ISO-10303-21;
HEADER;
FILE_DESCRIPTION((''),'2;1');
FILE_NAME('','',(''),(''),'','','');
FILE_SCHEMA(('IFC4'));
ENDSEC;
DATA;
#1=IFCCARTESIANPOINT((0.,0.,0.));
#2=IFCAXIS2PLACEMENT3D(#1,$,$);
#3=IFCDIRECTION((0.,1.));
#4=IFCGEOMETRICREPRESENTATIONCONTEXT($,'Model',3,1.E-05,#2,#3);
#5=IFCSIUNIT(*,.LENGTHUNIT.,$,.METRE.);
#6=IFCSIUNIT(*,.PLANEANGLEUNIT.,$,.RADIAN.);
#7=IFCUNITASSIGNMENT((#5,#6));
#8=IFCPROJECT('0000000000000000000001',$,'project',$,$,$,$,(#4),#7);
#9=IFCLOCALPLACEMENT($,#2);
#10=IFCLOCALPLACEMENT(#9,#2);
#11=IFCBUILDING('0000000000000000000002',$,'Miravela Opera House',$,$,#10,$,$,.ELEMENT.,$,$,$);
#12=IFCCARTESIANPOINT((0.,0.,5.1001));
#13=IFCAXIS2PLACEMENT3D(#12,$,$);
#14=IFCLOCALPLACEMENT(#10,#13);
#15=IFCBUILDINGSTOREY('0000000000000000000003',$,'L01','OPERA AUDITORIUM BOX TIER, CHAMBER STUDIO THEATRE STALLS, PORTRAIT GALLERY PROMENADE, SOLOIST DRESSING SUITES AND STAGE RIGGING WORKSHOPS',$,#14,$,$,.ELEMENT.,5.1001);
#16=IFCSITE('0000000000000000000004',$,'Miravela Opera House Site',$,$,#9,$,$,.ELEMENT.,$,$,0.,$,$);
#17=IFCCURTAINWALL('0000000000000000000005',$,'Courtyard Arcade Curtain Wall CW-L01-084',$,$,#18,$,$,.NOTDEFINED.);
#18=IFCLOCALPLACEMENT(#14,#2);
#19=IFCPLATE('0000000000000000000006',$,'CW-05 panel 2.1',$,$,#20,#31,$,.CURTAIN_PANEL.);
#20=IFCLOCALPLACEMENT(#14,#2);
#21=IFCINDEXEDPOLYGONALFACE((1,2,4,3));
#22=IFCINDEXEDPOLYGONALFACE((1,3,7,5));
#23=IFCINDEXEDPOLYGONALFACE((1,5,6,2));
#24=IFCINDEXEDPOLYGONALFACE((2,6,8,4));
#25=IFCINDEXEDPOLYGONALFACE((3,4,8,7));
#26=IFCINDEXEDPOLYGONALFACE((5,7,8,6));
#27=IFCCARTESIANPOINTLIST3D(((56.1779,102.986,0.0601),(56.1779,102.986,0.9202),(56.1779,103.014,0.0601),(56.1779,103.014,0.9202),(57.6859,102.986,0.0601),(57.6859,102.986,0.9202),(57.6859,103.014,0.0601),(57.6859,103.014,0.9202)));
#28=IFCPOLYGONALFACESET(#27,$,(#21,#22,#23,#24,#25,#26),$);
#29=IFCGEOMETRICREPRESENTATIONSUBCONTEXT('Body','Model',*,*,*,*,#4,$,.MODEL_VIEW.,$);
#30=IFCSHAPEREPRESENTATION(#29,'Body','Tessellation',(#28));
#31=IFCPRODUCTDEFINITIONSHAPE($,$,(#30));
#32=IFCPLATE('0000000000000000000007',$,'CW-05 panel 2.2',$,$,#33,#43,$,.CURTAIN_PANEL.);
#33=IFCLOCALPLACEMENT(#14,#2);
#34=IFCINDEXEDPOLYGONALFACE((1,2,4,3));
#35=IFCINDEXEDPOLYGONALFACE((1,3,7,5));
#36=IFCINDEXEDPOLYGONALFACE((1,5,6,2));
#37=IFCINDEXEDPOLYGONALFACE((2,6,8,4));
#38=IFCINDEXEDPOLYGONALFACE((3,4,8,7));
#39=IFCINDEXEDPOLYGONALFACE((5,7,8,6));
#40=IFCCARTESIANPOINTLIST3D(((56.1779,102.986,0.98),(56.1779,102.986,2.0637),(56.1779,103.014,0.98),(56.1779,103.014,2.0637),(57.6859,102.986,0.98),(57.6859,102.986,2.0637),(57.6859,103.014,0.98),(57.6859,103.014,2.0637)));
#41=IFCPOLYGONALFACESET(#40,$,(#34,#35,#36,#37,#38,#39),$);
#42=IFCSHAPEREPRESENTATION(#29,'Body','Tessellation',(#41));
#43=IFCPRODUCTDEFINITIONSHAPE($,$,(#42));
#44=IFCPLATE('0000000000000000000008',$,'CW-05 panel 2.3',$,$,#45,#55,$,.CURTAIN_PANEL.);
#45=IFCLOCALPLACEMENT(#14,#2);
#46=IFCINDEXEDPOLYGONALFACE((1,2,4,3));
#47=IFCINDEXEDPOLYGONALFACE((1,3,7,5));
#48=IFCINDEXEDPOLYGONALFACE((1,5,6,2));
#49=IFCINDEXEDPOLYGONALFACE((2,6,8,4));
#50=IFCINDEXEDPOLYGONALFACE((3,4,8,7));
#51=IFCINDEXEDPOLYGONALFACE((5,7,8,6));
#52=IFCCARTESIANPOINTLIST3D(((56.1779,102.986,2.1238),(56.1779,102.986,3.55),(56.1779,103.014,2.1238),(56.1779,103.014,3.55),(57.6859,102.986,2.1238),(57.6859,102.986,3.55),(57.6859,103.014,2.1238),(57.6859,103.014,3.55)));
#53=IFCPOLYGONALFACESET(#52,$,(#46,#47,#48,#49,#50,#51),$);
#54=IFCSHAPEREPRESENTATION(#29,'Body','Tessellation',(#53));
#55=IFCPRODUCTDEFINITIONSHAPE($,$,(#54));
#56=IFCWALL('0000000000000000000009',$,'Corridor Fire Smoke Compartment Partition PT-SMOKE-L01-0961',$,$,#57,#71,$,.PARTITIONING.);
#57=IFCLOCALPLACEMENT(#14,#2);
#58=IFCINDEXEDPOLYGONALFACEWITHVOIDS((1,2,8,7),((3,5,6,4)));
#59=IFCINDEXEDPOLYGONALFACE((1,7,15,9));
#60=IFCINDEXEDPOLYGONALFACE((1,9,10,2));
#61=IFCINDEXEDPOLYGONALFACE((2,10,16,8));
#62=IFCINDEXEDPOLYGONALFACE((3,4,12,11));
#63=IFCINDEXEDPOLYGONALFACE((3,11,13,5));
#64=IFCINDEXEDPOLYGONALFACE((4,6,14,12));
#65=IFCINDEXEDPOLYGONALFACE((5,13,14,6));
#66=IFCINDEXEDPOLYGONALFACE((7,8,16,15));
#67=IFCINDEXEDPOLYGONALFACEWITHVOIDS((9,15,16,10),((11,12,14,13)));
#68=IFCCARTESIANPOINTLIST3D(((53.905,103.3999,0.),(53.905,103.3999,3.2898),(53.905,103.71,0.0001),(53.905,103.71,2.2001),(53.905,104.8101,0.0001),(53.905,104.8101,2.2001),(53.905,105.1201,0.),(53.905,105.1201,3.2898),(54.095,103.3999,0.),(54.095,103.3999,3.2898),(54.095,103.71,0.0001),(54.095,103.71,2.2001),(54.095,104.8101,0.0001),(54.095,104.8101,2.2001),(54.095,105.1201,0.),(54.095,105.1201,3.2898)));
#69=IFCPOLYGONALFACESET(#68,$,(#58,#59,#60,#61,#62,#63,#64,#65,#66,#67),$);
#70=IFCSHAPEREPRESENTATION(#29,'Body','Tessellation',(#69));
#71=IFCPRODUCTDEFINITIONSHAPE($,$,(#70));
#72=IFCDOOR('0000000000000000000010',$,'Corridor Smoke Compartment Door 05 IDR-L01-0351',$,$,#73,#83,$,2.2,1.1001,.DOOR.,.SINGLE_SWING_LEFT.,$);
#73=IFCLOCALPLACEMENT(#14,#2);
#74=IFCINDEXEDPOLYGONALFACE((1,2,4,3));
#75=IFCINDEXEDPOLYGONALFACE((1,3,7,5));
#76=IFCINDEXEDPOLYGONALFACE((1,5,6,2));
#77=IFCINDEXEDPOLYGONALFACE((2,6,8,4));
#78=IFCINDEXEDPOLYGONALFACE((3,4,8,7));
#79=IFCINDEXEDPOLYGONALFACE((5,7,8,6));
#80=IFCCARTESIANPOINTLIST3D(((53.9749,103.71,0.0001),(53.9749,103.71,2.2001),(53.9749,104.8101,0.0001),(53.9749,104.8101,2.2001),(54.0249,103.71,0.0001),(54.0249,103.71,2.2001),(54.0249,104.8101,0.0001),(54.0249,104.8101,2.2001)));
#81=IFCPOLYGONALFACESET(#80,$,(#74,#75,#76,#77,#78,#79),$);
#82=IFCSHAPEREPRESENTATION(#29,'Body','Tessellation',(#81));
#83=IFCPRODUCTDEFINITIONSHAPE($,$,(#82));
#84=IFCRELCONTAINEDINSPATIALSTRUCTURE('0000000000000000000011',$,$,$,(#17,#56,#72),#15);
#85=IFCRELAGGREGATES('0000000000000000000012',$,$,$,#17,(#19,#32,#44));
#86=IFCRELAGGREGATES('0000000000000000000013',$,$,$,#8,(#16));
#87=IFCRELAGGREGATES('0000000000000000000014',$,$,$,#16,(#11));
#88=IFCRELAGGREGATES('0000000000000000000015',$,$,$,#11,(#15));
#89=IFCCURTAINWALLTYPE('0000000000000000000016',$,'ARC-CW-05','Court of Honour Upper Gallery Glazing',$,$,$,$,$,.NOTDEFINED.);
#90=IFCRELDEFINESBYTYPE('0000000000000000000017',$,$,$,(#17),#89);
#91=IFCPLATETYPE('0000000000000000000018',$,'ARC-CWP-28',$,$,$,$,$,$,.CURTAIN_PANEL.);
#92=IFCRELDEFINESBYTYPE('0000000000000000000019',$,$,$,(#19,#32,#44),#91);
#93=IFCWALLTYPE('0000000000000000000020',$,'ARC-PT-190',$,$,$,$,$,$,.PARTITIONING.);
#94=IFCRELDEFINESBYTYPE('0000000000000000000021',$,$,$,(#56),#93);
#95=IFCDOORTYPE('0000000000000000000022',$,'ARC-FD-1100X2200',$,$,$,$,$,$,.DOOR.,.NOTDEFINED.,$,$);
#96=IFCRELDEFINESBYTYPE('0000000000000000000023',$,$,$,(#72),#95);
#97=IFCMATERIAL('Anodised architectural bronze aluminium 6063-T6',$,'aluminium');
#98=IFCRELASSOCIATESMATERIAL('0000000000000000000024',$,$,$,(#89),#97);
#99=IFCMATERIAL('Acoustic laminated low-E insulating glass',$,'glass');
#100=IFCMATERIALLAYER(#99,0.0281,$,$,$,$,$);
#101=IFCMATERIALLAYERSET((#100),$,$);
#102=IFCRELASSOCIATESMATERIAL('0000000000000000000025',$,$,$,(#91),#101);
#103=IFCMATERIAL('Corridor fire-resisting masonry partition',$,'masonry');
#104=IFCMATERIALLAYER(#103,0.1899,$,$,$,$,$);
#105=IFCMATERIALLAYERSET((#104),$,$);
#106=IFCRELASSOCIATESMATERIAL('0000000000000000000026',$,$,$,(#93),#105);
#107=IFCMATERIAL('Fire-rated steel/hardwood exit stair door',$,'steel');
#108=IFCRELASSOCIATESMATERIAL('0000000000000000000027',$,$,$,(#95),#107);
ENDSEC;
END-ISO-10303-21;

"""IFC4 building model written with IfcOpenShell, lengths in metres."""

from ifc_helpers import new_model, si_unit, direction, frame, frame_2d, origin, origin_2d, place, context, subcontext, project, spatial, rectangle, extrude, material, layer, layer_set, type_object, element, fill, aggregate, save


model = new_model("IFC4")

# Units and contexts
model_context = context("Model", 3, precision=1e-05, world=origin(), true_north=direction((0.0, 1.0)))
body_context = subcontext(model_context, "Body", "Model", "MODEL_VIEW")
ifc_project = project(units=[si_unit("LENGTHUNIT", "METRE"), si_unit("PLANEANGLEUNIT", "RADIAN")], contexts=[model_context])

# Site, building, storey
site_placement = place(None, origin())
site = spatial("IfcSite", under=ifc_project, at=site_placement, Name="Miravela Opera House Site", CompositionType="ELEMENT", RefElevation=0.0)
building_placement = place(site_placement, origin())
building = spatial("IfcBuilding", under=site, at=building_placement, Name="Miravela Opera House", CompositionType="ELEMENT")
storey_placement = place(building_placement, frame((0.0, 0.0, 5.1001)))
storey = spatial("IfcBuildingStorey", under=building, at=storey_placement, Name="L01", Description="OPERA AUDITORIUM BOX TIER, CHAMBER STUDIO THEATRE STALLS, PORTRAIT GALLERY PROMENADE, SOLOIST DRESSING SUITES AND STAGE RIGGING WORKSHOPS", CompositionType="ELEMENT", Elevation=5.1001)

# Curtain wall
ifc_material_1 = material(Name="Anodised architectural bronze aluminium 6063-T6", Category="aluminium")
curtain_wall_type = type_object("IfcCurtainWallType", Name="ARC-CW-05", Description="Court of Honour Upper Gallery Glazing", PredefinedType="NOTDEFINED", material=ifc_material_1)
curtain_wall_placement = place(storey_placement, origin())
curtain_wall = element("IfcCurtainWall", 1, at=curtain_wall_placement, inside=storey, type_object=curtain_wall_type, Name="Courtyard Arcade Curtain Wall CW-L01-084", PredefinedType="NOTDEFINED")

# Plates
ifc_material_2 = material(Name="Acoustic laminated low-E insulating glass", Category="glass")
ifc_layer_1 = layer(ifc_material_2, 0.0281)
ifc_layer_set_1 = layer_set([ifc_layer_1])
plate_type = type_object("IfcPlateType", Name="ARC-CWP-28", PredefinedType="CURTAIN_PANEL", material=ifc_layer_set_1)
plate_1_placement = place(storey_placement, frame((56.9319, 103.0, 0.0601), z_axis=(0.0, 0.0, 1.0), x_axis=(1.0, 0.0, 0.0)))
plate_1 = element("IfcPlate", 2, at=plate_1_placement, type_object=plate_type, Name="CW-05 panel 2.1", PredefinedType="CURTAIN_PANEL", context=body_context, shape_type="SweptSolid", body=[
    extrude(rectangle(XDim=1.5081, YDim=0.0281, at=origin_2d()), origin(), (0.0, 0.0, 1.0), 0.8601),
])
plate_2_placement = place(storey_placement, frame((56.9319, 103.0, 0.98), z_axis=(0.0, 0.0, 1.0), x_axis=(1.0, 0.0, 0.0)))
plate_2 = element("IfcPlate", 3, at=plate_2_placement, type_object=plate_type, Name="CW-05 panel 2.2", PredefinedType="CURTAIN_PANEL", context=body_context, shape_type="SweptSolid", body=[
    extrude(rectangle(XDim=1.5081, YDim=0.0281, at=origin_2d()), origin(), (0.0, 0.0, 1.0), 1.0837),
])
plate_3_placement = place(storey_placement, frame((56.9319, 103.0, 2.1238), z_axis=(0.0, 0.0, 1.0), x_axis=(1.0, 0.0, 0.0)))
plate_3 = element("IfcPlate", 4, at=plate_3_placement, type_object=plate_type, Name="CW-05 panel 2.3", PredefinedType="CURTAIN_PANEL", context=body_context, shape_type="SweptSolid", body=[
    extrude(rectangle(XDim=1.5081, YDim=0.0281, at=origin_2d()), origin(), (0.0, 0.0, 1.0), 1.4263),
])
aggregate(curtain_wall, [plate_1, plate_2, plate_3])

# Wall, opening, door
ifc_material_3 = material(Name="Corridor fire-resisting masonry partition", Category="masonry")
ifc_layer_2 = layer(ifc_material_3, 0.1899)
ifc_layer_set_2 = layer_set([ifc_layer_2])
wall_type = type_object("IfcWallType", Name="ARC-PT-190", PredefinedType="PARTITIONING", material=ifc_layer_set_2)
wall_placement = place(storey_placement, frame((54.0, 103.3999, 0.0), z_axis=(0.0, 0.0, 1.0), x_axis=(0.0, 1.0, 0.0)))
wall = element("IfcWall", 5, at=wall_placement, inside=storey, type_object=wall_type, Name="Corridor Fire Smoke Compartment Partition PT-SMOKE-L01-0961", PredefinedType="PARTITIONING", context=body_context, shape_type="SweptSolid", body=[
    extrude(rectangle(XDim=1.7202, YDim=0.1899, at=frame_2d((0.8601, 0.0))), origin(), (0.0, 0.0, 1.0), 3.2898),
])
opening_placement = place(wall_placement, frame((0.3101, 0.0, 0.0)))
opening = element("IfcOpeningElement", 6, at=opening_placement, cuts=wall, PredefinedType="OPENING", context=body_context, shape_type="SweptSolid", body=[
    extrude(rectangle(XDim=1.1001, YDim=2.2, at=frame_2d((0.55, 1.1001))), frame((0.0, 0.105, 0.0), z_axis=(0.0, -1.0, 0.0), x_axis=(1.0, 0.0, 0.0)), (0.0, 0.0, 1.0), 0.21),
])
ifc_material_4 = material(Name="Fire-rated steel/hardwood exit stair door", Category="steel")
door_type = type_object("IfcDoorType", Name="ARC-FD-1100X2200", OperationType="NOTDEFINED", PredefinedType="DOOR", material=ifc_material_4)
door_placement = place(opening_placement, frame((1.1001, 0.0, 0.0), z_axis=(0.0, 0.0, 1.0), x_axis=(-1.0, 0.0, 0.0)))
door = element("IfcDoor", 7, at=door_placement, inside=storey, type_object=door_type, Name="Corridor Smoke Compartment Door 05 IDR-L01-0351", OperationType="SINGLE_SWING_LEFT", OverallHeight=2.2, OverallWidth=1.1001, PredefinedType="DOOR", context=body_context, shape_type="SweptSolid", body=[
    extrude(rectangle(XDim=1.1001, YDim=2.2, at=frame_2d((0.55, 1.1001))), frame((0.0, 0.0249, 0.0), z_axis=(0.0, -1.0, 0.0), x_axis=(1.0, 0.0, 0.0)), (0.0, 0.0, 1.0), 0.05),
])
fill(opening, door)

save(model, "model.ifc")
